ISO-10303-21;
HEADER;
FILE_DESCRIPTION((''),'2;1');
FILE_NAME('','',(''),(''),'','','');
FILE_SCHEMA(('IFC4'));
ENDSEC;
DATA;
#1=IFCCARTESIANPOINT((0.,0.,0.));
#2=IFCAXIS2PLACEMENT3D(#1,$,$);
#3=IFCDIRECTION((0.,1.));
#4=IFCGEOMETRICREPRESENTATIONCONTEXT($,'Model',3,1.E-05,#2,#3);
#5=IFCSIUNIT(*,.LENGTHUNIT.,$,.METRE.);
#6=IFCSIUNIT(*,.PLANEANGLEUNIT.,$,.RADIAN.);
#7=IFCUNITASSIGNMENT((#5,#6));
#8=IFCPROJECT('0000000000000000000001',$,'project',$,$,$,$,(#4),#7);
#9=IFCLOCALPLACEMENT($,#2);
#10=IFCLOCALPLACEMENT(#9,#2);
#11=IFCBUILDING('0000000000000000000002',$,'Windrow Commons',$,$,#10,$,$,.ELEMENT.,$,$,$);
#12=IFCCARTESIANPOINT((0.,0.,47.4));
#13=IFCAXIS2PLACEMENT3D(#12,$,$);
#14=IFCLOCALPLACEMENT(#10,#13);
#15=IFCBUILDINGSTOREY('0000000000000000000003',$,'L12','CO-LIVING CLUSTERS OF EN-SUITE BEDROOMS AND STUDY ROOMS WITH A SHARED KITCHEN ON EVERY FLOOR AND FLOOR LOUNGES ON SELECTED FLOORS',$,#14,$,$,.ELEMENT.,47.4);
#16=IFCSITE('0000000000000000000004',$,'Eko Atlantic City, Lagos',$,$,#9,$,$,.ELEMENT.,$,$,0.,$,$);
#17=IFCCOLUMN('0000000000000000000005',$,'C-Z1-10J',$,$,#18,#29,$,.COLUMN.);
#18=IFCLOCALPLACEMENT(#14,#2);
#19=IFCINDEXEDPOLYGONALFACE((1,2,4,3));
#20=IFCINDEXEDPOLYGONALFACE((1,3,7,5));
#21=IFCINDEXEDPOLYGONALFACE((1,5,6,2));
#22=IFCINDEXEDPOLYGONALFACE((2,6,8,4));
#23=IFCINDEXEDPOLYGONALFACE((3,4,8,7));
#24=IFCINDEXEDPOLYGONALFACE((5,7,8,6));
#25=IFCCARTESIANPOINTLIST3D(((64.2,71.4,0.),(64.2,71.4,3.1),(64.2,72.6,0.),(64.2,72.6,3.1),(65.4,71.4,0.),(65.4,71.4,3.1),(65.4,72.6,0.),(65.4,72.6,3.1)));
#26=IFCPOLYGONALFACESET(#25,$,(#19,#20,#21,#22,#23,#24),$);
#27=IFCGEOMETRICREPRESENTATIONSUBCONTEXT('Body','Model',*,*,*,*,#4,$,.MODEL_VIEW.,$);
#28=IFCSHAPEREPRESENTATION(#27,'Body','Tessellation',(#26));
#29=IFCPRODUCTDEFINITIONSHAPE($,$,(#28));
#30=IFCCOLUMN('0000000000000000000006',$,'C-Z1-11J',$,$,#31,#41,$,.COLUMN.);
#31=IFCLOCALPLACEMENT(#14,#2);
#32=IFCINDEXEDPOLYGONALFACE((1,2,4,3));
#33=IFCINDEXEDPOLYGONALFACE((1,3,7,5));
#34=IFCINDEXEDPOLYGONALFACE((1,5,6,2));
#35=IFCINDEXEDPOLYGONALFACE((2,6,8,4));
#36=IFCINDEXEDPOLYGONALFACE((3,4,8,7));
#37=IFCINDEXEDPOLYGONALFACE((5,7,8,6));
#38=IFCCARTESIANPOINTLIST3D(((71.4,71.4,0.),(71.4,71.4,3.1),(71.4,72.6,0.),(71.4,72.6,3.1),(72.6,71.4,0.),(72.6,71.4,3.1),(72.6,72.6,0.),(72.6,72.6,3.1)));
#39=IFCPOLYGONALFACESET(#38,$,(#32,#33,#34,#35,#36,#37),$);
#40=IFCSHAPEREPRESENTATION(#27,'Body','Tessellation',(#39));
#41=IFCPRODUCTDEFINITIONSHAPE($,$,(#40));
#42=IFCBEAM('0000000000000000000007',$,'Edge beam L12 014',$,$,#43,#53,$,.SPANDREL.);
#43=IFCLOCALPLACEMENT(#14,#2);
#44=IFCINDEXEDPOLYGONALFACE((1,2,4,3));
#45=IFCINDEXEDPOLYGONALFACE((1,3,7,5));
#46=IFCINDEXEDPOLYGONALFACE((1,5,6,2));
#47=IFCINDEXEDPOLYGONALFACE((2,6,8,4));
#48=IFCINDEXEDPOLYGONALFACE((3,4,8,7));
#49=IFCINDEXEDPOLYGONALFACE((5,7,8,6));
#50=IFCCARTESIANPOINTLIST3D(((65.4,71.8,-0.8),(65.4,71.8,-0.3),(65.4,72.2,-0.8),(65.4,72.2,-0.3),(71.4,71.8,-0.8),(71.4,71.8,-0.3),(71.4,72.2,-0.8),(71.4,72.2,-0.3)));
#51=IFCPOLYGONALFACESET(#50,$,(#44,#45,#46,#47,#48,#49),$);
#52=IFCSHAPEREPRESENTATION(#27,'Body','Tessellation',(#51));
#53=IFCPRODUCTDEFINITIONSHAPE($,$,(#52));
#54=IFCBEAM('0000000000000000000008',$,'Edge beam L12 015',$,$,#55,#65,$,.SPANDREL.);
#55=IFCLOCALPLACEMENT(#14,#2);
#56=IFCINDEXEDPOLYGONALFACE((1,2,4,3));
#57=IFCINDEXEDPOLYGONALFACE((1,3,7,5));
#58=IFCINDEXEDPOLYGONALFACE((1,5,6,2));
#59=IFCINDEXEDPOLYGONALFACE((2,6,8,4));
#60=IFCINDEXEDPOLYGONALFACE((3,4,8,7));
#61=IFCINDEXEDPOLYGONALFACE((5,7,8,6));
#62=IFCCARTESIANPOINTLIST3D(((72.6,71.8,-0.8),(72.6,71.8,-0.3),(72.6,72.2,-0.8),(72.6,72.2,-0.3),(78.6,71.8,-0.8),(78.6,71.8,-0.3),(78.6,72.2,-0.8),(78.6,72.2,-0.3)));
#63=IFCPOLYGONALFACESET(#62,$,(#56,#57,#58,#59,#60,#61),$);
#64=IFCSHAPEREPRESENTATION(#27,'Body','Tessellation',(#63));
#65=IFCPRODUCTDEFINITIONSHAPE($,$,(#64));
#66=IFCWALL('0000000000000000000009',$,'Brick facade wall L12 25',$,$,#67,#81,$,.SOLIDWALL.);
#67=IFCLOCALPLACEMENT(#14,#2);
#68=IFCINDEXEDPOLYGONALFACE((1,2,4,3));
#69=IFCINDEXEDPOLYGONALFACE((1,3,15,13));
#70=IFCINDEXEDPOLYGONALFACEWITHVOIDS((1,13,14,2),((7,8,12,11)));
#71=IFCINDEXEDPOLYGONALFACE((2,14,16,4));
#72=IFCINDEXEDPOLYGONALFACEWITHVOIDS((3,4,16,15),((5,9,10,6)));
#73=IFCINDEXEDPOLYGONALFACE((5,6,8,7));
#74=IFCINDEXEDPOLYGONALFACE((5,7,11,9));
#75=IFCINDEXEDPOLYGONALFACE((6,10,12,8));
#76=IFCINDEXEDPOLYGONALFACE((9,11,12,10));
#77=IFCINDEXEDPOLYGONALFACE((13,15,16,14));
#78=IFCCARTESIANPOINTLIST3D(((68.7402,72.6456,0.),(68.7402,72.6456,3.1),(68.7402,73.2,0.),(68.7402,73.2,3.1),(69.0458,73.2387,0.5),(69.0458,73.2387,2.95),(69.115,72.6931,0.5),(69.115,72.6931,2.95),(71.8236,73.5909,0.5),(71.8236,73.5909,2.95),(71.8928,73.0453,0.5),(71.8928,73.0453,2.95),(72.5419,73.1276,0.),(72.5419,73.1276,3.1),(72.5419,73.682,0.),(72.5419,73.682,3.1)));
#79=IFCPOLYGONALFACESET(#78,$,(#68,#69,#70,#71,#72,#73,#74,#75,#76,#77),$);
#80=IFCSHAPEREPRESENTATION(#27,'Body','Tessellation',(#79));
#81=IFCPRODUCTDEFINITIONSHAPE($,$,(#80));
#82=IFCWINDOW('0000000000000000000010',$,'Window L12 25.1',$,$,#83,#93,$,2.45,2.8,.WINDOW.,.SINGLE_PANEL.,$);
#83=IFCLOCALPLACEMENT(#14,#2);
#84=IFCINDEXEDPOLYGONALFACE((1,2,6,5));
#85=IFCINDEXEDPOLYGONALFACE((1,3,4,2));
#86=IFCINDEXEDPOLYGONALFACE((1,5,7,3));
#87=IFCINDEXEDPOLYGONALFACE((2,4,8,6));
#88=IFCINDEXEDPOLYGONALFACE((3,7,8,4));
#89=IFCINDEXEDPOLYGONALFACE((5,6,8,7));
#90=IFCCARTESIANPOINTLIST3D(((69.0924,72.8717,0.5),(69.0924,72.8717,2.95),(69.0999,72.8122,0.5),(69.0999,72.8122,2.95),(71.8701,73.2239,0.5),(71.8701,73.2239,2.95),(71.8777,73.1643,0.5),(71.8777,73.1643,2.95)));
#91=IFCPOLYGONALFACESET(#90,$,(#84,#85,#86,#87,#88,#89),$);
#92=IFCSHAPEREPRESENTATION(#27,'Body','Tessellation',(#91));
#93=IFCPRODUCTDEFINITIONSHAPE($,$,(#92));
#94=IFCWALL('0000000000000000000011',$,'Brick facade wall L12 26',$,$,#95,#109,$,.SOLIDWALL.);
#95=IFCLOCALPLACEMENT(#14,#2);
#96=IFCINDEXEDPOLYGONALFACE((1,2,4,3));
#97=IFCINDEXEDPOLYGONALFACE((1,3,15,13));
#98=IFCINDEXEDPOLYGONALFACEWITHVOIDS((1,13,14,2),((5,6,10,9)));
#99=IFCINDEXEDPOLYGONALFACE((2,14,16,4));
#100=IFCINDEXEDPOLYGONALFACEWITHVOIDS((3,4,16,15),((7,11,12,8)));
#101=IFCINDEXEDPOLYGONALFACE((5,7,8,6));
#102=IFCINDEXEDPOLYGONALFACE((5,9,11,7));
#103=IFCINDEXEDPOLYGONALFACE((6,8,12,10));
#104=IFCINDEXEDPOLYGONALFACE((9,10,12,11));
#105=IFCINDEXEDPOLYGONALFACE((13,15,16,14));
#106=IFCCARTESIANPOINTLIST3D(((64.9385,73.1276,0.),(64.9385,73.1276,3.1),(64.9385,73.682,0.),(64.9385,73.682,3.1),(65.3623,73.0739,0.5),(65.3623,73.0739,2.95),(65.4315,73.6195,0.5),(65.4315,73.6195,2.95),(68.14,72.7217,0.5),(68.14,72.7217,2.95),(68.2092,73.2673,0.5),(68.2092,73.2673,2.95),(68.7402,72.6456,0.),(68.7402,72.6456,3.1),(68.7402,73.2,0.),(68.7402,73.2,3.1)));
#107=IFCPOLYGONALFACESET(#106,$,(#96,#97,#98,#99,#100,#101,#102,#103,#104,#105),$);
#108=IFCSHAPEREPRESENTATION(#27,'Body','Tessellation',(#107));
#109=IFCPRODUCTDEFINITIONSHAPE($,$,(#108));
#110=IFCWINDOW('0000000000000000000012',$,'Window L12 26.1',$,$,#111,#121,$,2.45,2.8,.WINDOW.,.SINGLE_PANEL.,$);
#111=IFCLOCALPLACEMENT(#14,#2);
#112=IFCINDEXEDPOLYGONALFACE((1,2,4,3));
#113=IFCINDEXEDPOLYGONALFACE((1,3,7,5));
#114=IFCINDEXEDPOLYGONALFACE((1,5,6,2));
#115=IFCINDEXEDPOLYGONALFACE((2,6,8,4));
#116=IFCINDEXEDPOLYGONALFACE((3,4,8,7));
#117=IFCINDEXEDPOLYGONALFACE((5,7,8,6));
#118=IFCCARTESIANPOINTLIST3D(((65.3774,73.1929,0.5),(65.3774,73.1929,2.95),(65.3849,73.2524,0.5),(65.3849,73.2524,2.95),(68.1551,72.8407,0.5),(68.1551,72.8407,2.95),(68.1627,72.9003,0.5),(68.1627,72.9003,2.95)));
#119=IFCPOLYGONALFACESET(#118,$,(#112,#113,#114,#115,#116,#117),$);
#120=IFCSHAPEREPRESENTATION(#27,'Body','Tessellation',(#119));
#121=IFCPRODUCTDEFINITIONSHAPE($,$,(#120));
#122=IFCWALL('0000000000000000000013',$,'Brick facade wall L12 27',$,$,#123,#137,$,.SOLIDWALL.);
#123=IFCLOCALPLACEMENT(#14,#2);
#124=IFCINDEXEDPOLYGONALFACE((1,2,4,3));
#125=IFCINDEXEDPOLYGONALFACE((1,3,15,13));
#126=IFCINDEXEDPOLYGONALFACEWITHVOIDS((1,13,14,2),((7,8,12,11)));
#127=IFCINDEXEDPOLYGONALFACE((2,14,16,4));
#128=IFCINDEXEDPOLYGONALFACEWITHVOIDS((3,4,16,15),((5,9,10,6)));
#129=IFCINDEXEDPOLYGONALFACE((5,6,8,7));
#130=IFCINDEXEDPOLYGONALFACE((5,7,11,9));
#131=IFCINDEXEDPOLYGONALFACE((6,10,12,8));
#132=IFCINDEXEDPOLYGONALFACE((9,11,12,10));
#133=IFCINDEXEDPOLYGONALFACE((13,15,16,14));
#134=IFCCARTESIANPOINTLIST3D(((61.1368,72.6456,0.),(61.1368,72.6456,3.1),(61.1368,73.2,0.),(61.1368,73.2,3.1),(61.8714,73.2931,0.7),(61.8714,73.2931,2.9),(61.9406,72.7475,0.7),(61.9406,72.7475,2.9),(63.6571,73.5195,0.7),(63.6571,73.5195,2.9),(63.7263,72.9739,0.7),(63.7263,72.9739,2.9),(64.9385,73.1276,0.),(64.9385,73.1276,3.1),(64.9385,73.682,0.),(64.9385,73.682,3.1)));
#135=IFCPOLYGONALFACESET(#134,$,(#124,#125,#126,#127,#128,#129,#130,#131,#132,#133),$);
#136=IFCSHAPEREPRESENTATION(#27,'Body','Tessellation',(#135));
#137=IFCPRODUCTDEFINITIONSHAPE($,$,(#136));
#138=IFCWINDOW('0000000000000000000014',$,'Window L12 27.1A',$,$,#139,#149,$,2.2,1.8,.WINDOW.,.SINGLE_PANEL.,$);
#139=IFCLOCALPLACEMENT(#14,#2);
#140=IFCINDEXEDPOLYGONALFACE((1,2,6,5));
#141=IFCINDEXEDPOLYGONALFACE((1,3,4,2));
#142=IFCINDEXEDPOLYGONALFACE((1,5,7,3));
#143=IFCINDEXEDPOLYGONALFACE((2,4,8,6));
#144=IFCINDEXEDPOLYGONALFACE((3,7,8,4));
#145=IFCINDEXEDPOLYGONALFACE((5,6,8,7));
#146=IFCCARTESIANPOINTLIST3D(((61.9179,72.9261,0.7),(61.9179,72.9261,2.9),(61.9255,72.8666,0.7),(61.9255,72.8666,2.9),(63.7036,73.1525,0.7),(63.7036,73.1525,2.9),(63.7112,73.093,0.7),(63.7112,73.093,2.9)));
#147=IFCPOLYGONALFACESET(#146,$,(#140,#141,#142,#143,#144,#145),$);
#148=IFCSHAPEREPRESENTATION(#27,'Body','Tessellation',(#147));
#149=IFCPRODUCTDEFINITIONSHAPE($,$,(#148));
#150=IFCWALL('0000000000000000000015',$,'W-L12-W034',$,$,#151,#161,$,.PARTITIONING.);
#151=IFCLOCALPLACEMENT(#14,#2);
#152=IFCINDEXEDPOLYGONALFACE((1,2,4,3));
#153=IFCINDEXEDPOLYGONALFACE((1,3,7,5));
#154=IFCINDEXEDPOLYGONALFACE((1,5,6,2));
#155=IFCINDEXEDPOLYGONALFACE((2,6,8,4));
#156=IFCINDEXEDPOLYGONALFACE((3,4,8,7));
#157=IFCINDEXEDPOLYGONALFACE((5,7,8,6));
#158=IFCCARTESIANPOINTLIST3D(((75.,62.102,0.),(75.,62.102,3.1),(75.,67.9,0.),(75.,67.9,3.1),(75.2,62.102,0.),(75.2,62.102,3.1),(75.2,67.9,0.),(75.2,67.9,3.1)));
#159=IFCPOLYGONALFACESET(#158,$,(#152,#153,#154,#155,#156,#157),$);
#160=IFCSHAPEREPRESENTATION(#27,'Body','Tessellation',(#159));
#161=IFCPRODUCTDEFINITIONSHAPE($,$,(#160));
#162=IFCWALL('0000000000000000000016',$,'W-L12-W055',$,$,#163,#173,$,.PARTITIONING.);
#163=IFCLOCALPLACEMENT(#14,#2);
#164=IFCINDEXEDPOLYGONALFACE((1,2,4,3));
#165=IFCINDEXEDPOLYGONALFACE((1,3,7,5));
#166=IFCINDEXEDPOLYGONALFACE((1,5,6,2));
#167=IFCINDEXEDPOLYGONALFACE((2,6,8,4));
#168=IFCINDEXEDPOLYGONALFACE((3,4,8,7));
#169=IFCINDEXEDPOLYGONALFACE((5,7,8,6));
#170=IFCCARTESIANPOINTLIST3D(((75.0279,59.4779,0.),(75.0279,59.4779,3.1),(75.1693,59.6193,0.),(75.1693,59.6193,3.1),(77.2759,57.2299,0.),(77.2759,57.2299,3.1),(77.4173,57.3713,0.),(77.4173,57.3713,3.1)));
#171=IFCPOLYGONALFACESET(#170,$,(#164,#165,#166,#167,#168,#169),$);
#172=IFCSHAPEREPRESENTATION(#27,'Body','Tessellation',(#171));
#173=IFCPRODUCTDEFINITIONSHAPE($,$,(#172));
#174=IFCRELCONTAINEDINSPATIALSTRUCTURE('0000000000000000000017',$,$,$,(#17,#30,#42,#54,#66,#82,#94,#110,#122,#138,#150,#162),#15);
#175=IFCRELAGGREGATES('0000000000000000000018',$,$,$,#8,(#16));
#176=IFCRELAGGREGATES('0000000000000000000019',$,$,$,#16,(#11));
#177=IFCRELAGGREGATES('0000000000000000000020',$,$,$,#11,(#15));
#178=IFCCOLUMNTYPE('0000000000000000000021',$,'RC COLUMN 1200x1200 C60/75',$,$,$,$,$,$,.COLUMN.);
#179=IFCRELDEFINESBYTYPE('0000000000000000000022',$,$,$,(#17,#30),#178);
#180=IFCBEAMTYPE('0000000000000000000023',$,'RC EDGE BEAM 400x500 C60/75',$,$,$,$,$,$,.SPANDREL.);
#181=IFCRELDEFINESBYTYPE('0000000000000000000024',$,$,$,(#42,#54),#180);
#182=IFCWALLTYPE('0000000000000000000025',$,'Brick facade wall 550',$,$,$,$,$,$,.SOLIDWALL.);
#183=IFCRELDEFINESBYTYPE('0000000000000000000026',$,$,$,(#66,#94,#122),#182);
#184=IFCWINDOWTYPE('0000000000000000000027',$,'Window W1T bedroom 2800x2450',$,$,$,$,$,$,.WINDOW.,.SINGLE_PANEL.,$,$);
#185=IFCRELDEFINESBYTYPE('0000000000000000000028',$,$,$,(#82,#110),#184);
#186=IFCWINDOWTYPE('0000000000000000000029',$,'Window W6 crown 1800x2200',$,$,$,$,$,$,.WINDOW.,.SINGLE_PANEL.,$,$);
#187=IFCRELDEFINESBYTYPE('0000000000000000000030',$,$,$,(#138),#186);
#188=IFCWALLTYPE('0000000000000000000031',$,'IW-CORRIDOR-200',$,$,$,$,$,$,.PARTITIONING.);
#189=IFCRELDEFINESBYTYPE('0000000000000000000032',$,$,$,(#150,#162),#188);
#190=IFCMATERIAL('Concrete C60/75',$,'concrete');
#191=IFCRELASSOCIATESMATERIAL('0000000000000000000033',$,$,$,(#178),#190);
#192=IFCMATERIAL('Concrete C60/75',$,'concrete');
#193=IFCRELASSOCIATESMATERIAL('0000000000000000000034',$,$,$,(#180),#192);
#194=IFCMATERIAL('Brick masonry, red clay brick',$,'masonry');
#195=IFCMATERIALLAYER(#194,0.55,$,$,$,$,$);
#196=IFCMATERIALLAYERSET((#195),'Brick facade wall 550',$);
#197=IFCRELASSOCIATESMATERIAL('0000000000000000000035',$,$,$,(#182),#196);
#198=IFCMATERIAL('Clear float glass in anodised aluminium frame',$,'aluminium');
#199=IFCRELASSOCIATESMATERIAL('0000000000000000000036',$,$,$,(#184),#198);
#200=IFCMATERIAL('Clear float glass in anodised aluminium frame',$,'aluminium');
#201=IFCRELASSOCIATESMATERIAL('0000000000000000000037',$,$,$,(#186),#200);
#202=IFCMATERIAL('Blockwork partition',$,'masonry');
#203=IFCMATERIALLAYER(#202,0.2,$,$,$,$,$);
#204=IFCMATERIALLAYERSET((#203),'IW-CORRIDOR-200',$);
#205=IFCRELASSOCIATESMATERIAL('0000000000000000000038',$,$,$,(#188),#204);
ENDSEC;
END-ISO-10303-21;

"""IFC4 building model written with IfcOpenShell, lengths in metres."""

from ifc_helpers import new_model, si_unit, direction, frame, frame_2d, origin, origin_2d, place, context, subcontext, project, spatial, polyline, rectangle, outline, extrude, material, layer, layer_set, material_profile, profile_set, type_object, element, fill, save


model = new_model("IFC4")

# Units and contexts
model_context = context("Model", 3, precision=1e-05, world=origin(), true_north=direction((0.0, 1.0)))
body_context = subcontext(model_context, "Body", "Model", "MODEL_VIEW")
ifc_project = project(units=[si_unit("LENGTHUNIT", "METRE"), si_unit("PLANEANGLEUNIT", "RADIAN")], contexts=[model_context])

# Site, building, storey
site_placement = place(None, origin())
site = spatial("IfcSite", under=ifc_project, at=site_placement, Name="Eko Atlantic City, Lagos", CompositionType="ELEMENT", RefElevation=0.0)
building_placement = place(site_placement, origin())
building = spatial("IfcBuilding", under=site, at=building_placement, Name="Windrow Commons", CompositionType="ELEMENT")
storey_placement = place(building_placement, frame((0.0, 0.0, 47.4)))
storey = spatial("IfcBuildingStorey", under=building, at=storey_placement, Name="L12", Description="CO-LIVING CLUSTERS OF EN-SUITE BEDROOMS AND STUDY ROOMS WITH A SHARED KITCHEN ON EVERY FLOOR AND FLOOR LOUNGES ON SELECTED FLOORS", CompositionType="ELEMENT", Elevation=47.4)

# Columns
ifc_material_1 = material(Name="Concrete C60/75", Category="concrete")
ifc_material_profile_1 = material_profile(ifc_material_1, rectangle(XDim=1.2, YDim=1.2, at=origin_2d()))
ifc_profile_set_1 = profile_set([ifc_material_profile_1], Name="Concrete C60/75")
column_type = type_object("IfcColumnType", Name="RC COLUMN 1200x1200 C60/75", PredefinedType="COLUMN", material=ifc_profile_set_1)
for number, where, z_axis, x_axis, name in (
    (1, (64.8, 72.0, 0.0), (0.0, 0.0, 1.0), (1.0, 0.0, 0.0), "C-Z1-10J"),
    (2, (72.0, 72.0, 0.0), (0.0, 0.0, 1.0), (1.0, 0.0, 0.0), "C-Z1-11J"),
):
    element("IfcColumn", number, at=place(storey_placement, frame(where, z_axis=z_axis, x_axis=x_axis)), inside=storey, type_object=column_type, Name=name, PredefinedType="COLUMN", context=body_context, shape_type="SweptSolid", body=[
        extrude(rectangle(XDim=1.2, YDim=1.2, at=origin_2d()), origin(), (0.0, 0.0, 1.0), 3.1),
    ])

# Beams
ifc_material_2 = material(Name="Concrete C60/75", Category="concrete")
ifc_material_profile_2 = material_profile(ifc_material_2, rectangle(XDim=0.4, YDim=0.5, at=origin_2d()))
ifc_profile_set_2 = profile_set([ifc_material_profile_2], Name="Concrete C60/75")
beam_type = type_object("IfcBeamType", Name="RC EDGE BEAM 400x500 C60/75", PredefinedType="SPANDREL", material=ifc_profile_set_2)
for number, where, z_axis, x_axis, name in (
    (3, (65.4, 72.0, -0.55), (1.0, 0.0, 0.0), (0.0, 1.0, 0.0), "Edge beam L12 014"),
    (4, (72.6, 72.0, -0.55), (1.0, 0.0, 0.0), (0.0, 1.0, 0.0), "Edge beam L12 015"),
):
    element("IfcBeam", number, at=place(storey_placement, frame(where, z_axis=z_axis, x_axis=x_axis)), inside=storey, type_object=beam_type, Name=name, PredefinedType="SPANDREL", context=body_context, shape_type="SweptSolid", body=[
        extrude(rectangle(XDim=0.4, YDim=0.5, at=origin_2d()), origin(), (0.0, 0.0, 1.0), 6.0),
    ])

# Walls, openings, windows
ifc_material_3 = material(Name="Brick masonry, red clay brick", Category="masonry")
ifc_layer_1 = layer(ifc_material_3, 0.55)
ifc_layer_set_1 = layer_set([ifc_layer_1], Name="Brick facade wall 550")
wall_type_1 = type_object("IfcWallType", Name="Brick facade wall 550", PredefinedType="SOLIDWALL", material=ifc_layer_set_1)
wall_1_placement = place(storey_placement, frame((72.5419, 73.4048, 0.0), z_axis=(0.0, 0.0, 1.0), x_axis=(-0.992058, -0.125779, 0.0)))
wall_1 = element("IfcWall", 5, at=wall_1_placement, inside=storey, type_object=wall_type_1, Name="Brick facade wall L12 25", PredefinedType="SOLIDWALL", context=body_context, shape_type="SweptSolid", body=[
    extrude(outline(polyline([(-0.0349, -0.275), (3.7973, -0.275), (3.867, 0.275), (0.0349, 0.275), (-0.0349, -0.275)])), origin(), (0.0, 0.0, 1.0), 3.1),
])
opening_1_placement = place(wall_1_placement, frame((0.6892, 0.0, 0.5)))
opening_1 = element("IfcOpeningElement", 6, at=opening_1_placement, cuts=wall_1, PredefinedType="OPENING", context=body_context, shape_type="SweptSolid", body=[
    extrude(rectangle(XDim=2.8, YDim=2.45, at=frame_2d((1.4, 1.225))), frame((0.0, 0.285, 0.0), z_axis=(0.0, -1.0, 0.0), x_axis=(1.0, 0.0, 0.0)), (0.0, 0.0, 1.0), 0.57),
])
ifc_material_4 = material(Name="Clear float glass in anodised aluminium frame", Category="aluminium")
window_type_1 = type_object("IfcWindowType", Name="Window W1T bedroom 2800x2450", PartitioningType="SINGLE_PANEL", PredefinedType="WINDOW", material=ifc_material_4)
window_1_placement = place(opening_1_placement, origin())
window_1 = element("IfcWindow", 7, at=window_1_placement, inside=storey, type_object=window_type_1, Name="Window L12 25.1", OverallHeight=2.45, OverallWidth=2.8, PartitioningType="SINGLE_PANEL", PredefinedType="WINDOW", context=body_context, shape_type="SweptSolid", body=[
    extrude(rectangle(XDim=2.8, YDim=2.45, at=frame_2d((1.4, 1.225))), frame((0.0, 0.155, 0.0), z_axis=(0.0, -1.0, 0.0), x_axis=(1.0, 0.0, 0.0)), (0.0, 0.0, 1.0), 0.06),
])
fill(opening_1, window_1)
wall_2_placement = place(storey_placement, frame((68.7402, 72.9228, 0.0), z_axis=(0.0, 0.0, 1.0), x_axis=(-0.992058, 0.125779, 0.0)))
wall_2 = element("IfcWall", 8, at=wall_2_placement, inside=storey, type_object=wall_type_1, Name="Brick facade wall L12 26", PredefinedType="SOLIDWALL", context=body_context, shape_type="SweptSolid", body=[
    extrude(outline(polyline([(0.0349, -0.275), (3.867, -0.275), (3.7973, 0.275), (-0.0349, 0.275), (0.0349, -0.275)])), origin(), (0.0, 0.0, 1.0), 3.1),
])
opening_2_placement = place(wall_2_placement, frame((0.5701, 0.0, 0.5)))
opening_2 = element("IfcOpeningElement", 9, at=opening_2_placement, cuts=wall_2, PredefinedType="OPENING", context=body_context, shape_type="SweptSolid", body=[
    extrude(rectangle(XDim=2.8, YDim=2.45, at=frame_2d((1.4, 1.225))), frame((0.0, 0.285, 0.0), z_axis=(0.0, -1.0, 0.0), x_axis=(1.0, 0.0, 0.0)), (0.0, 0.0, 1.0), 0.57),
])
window_2_placement = place(opening_2_placement, origin())
window_2 = element("IfcWindow", 10, at=window_2_placement, inside=storey, type_object=window_type_1, Name="Window L12 26.1", OverallHeight=2.45, OverallWidth=2.8, PartitioningType="SINGLE_PANEL", PredefinedType="WINDOW", context=body_context, shape_type="SweptSolid", body=[
    extrude(rectangle(XDim=2.8, YDim=2.45, at=frame_2d((1.4, 1.225))), frame((0.0, 0.155, 0.0), z_axis=(0.0, -1.0, 0.0), x_axis=(1.0, 0.0, 0.0)), (0.0, 0.0, 1.0), 0.06),
])
fill(opening_2, window_2)
wall_3_placement = place(storey_placement, frame((64.9385, 73.4048, 0.0), z_axis=(0.0, 0.0, 1.0), x_axis=(-0.992058, -0.125779, 0.0)))
wall_3 = element("IfcWall", 11, at=wall_3_placement, inside=storey, type_object=wall_type_1, Name="Brick facade wall L12 27", PredefinedType="SOLIDWALL", context=body_context, shape_type="SweptSolid", body=[
    extrude(outline(polyline([(-0.0349, -0.275), (3.7973, -0.275), (3.867, 0.275), (0.0349, 0.275), (-0.0349, -0.275)])), origin(), (0.0, 0.0, 1.0), 3.1),
])
opening_3_placement = place(wall_3_placement, frame((1.2568, 0.0, 0.7)))
opening_3 = element("IfcOpeningElement", 12, at=opening_3_placement, cuts=wall_3, PredefinedType="OPENING", context=body_context, shape_type="SweptSolid", body=[
    extrude(rectangle(XDim=1.8, YDim=2.2, at=frame_2d((0.9, 1.1))), frame((0.0, 0.285, 0.0), z_axis=(0.0, -1.0, 0.0), x_axis=(1.0, 0.0, 0.0)), (0.0, 0.0, 1.0), 0.57),
])
ifc_material_5 = material(Name="Clear float glass in anodised aluminium frame", Category="aluminium")
window_type_2 = type_object("IfcWindowType", Name="Window W6 crown 1800x2200", PartitioningType="SINGLE_PANEL", PredefinedType="WINDOW", material=ifc_material_5)
window_3_placement = place(opening_3_placement, origin())
window_3 = element("IfcWindow", 13, at=window_3_placement, inside=storey, type_object=window_type_2, Name="Window L12 27.1A", OverallHeight=2.2, OverallWidth=1.8, PartitioningType="SINGLE_PANEL", PredefinedType="WINDOW", context=body_context, shape_type="SweptSolid", body=[
    extrude(rectangle(XDim=1.8, YDim=2.2, at=frame_2d((0.9, 1.1))), frame((0.0, 0.155, 0.0), z_axis=(0.0, -1.0, 0.0), x_axis=(1.0, 0.0, 0.0)), (0.0, 0.0, 1.0), 0.06),
])
fill(opening_3, window_3)

# Walls
ifc_material_6 = material(Name="Blockwork partition", Category="masonry")
ifc_layer_2 = layer(ifc_material_6, 0.2)
ifc_layer_set_2 = layer_set([ifc_layer_2], Name="IW-CORRIDOR-200")
wall_type_2 = type_object("IfcWallType", Name="IW-CORRIDOR-200", PredefinedType="PARTITIONING", material=ifc_layer_set_2)
wall_4_placement = place(storey_placement, frame((75.1, 62.102, 0.0), z_axis=(0.0, 0.0, 1.0), x_axis=(0.0, 1.0, 0.0)))
element("IfcWall", 14, at=wall_4_placement, inside=storey, type_object=wall_type_2, Name="W-L12-W034", PredefinedType="PARTITIONING", context=body_context, shape_type="SweptSolid", body=[
    extrude(rectangle(XDim=5.798, YDim=0.2, at=frame_2d((2.899, 0.0))), origin(), (0.0, 0.0, 1.0), 3.1),
])
wall_5_placement = place(storey_placement, frame((75.0986, 59.5486, 0.0), z_axis=(0.0, 0.0, 1.0), x_axis=(0.707107, -0.707107, 0.0)))
element("IfcWall", 15, at=wall_5_placement, inside=storey, type_object=wall_type_2, Name="W-L12-W055", PredefinedType="PARTITIONING", context=body_context, shape_type="SweptSolid", body=[
    extrude(rectangle(XDim=3.1792, YDim=0.2, at=frame_2d((1.5896, 0.0))), origin(), (0.0, 0.0, 1.0), 3.1),
])

save(model, "model.ifc")
